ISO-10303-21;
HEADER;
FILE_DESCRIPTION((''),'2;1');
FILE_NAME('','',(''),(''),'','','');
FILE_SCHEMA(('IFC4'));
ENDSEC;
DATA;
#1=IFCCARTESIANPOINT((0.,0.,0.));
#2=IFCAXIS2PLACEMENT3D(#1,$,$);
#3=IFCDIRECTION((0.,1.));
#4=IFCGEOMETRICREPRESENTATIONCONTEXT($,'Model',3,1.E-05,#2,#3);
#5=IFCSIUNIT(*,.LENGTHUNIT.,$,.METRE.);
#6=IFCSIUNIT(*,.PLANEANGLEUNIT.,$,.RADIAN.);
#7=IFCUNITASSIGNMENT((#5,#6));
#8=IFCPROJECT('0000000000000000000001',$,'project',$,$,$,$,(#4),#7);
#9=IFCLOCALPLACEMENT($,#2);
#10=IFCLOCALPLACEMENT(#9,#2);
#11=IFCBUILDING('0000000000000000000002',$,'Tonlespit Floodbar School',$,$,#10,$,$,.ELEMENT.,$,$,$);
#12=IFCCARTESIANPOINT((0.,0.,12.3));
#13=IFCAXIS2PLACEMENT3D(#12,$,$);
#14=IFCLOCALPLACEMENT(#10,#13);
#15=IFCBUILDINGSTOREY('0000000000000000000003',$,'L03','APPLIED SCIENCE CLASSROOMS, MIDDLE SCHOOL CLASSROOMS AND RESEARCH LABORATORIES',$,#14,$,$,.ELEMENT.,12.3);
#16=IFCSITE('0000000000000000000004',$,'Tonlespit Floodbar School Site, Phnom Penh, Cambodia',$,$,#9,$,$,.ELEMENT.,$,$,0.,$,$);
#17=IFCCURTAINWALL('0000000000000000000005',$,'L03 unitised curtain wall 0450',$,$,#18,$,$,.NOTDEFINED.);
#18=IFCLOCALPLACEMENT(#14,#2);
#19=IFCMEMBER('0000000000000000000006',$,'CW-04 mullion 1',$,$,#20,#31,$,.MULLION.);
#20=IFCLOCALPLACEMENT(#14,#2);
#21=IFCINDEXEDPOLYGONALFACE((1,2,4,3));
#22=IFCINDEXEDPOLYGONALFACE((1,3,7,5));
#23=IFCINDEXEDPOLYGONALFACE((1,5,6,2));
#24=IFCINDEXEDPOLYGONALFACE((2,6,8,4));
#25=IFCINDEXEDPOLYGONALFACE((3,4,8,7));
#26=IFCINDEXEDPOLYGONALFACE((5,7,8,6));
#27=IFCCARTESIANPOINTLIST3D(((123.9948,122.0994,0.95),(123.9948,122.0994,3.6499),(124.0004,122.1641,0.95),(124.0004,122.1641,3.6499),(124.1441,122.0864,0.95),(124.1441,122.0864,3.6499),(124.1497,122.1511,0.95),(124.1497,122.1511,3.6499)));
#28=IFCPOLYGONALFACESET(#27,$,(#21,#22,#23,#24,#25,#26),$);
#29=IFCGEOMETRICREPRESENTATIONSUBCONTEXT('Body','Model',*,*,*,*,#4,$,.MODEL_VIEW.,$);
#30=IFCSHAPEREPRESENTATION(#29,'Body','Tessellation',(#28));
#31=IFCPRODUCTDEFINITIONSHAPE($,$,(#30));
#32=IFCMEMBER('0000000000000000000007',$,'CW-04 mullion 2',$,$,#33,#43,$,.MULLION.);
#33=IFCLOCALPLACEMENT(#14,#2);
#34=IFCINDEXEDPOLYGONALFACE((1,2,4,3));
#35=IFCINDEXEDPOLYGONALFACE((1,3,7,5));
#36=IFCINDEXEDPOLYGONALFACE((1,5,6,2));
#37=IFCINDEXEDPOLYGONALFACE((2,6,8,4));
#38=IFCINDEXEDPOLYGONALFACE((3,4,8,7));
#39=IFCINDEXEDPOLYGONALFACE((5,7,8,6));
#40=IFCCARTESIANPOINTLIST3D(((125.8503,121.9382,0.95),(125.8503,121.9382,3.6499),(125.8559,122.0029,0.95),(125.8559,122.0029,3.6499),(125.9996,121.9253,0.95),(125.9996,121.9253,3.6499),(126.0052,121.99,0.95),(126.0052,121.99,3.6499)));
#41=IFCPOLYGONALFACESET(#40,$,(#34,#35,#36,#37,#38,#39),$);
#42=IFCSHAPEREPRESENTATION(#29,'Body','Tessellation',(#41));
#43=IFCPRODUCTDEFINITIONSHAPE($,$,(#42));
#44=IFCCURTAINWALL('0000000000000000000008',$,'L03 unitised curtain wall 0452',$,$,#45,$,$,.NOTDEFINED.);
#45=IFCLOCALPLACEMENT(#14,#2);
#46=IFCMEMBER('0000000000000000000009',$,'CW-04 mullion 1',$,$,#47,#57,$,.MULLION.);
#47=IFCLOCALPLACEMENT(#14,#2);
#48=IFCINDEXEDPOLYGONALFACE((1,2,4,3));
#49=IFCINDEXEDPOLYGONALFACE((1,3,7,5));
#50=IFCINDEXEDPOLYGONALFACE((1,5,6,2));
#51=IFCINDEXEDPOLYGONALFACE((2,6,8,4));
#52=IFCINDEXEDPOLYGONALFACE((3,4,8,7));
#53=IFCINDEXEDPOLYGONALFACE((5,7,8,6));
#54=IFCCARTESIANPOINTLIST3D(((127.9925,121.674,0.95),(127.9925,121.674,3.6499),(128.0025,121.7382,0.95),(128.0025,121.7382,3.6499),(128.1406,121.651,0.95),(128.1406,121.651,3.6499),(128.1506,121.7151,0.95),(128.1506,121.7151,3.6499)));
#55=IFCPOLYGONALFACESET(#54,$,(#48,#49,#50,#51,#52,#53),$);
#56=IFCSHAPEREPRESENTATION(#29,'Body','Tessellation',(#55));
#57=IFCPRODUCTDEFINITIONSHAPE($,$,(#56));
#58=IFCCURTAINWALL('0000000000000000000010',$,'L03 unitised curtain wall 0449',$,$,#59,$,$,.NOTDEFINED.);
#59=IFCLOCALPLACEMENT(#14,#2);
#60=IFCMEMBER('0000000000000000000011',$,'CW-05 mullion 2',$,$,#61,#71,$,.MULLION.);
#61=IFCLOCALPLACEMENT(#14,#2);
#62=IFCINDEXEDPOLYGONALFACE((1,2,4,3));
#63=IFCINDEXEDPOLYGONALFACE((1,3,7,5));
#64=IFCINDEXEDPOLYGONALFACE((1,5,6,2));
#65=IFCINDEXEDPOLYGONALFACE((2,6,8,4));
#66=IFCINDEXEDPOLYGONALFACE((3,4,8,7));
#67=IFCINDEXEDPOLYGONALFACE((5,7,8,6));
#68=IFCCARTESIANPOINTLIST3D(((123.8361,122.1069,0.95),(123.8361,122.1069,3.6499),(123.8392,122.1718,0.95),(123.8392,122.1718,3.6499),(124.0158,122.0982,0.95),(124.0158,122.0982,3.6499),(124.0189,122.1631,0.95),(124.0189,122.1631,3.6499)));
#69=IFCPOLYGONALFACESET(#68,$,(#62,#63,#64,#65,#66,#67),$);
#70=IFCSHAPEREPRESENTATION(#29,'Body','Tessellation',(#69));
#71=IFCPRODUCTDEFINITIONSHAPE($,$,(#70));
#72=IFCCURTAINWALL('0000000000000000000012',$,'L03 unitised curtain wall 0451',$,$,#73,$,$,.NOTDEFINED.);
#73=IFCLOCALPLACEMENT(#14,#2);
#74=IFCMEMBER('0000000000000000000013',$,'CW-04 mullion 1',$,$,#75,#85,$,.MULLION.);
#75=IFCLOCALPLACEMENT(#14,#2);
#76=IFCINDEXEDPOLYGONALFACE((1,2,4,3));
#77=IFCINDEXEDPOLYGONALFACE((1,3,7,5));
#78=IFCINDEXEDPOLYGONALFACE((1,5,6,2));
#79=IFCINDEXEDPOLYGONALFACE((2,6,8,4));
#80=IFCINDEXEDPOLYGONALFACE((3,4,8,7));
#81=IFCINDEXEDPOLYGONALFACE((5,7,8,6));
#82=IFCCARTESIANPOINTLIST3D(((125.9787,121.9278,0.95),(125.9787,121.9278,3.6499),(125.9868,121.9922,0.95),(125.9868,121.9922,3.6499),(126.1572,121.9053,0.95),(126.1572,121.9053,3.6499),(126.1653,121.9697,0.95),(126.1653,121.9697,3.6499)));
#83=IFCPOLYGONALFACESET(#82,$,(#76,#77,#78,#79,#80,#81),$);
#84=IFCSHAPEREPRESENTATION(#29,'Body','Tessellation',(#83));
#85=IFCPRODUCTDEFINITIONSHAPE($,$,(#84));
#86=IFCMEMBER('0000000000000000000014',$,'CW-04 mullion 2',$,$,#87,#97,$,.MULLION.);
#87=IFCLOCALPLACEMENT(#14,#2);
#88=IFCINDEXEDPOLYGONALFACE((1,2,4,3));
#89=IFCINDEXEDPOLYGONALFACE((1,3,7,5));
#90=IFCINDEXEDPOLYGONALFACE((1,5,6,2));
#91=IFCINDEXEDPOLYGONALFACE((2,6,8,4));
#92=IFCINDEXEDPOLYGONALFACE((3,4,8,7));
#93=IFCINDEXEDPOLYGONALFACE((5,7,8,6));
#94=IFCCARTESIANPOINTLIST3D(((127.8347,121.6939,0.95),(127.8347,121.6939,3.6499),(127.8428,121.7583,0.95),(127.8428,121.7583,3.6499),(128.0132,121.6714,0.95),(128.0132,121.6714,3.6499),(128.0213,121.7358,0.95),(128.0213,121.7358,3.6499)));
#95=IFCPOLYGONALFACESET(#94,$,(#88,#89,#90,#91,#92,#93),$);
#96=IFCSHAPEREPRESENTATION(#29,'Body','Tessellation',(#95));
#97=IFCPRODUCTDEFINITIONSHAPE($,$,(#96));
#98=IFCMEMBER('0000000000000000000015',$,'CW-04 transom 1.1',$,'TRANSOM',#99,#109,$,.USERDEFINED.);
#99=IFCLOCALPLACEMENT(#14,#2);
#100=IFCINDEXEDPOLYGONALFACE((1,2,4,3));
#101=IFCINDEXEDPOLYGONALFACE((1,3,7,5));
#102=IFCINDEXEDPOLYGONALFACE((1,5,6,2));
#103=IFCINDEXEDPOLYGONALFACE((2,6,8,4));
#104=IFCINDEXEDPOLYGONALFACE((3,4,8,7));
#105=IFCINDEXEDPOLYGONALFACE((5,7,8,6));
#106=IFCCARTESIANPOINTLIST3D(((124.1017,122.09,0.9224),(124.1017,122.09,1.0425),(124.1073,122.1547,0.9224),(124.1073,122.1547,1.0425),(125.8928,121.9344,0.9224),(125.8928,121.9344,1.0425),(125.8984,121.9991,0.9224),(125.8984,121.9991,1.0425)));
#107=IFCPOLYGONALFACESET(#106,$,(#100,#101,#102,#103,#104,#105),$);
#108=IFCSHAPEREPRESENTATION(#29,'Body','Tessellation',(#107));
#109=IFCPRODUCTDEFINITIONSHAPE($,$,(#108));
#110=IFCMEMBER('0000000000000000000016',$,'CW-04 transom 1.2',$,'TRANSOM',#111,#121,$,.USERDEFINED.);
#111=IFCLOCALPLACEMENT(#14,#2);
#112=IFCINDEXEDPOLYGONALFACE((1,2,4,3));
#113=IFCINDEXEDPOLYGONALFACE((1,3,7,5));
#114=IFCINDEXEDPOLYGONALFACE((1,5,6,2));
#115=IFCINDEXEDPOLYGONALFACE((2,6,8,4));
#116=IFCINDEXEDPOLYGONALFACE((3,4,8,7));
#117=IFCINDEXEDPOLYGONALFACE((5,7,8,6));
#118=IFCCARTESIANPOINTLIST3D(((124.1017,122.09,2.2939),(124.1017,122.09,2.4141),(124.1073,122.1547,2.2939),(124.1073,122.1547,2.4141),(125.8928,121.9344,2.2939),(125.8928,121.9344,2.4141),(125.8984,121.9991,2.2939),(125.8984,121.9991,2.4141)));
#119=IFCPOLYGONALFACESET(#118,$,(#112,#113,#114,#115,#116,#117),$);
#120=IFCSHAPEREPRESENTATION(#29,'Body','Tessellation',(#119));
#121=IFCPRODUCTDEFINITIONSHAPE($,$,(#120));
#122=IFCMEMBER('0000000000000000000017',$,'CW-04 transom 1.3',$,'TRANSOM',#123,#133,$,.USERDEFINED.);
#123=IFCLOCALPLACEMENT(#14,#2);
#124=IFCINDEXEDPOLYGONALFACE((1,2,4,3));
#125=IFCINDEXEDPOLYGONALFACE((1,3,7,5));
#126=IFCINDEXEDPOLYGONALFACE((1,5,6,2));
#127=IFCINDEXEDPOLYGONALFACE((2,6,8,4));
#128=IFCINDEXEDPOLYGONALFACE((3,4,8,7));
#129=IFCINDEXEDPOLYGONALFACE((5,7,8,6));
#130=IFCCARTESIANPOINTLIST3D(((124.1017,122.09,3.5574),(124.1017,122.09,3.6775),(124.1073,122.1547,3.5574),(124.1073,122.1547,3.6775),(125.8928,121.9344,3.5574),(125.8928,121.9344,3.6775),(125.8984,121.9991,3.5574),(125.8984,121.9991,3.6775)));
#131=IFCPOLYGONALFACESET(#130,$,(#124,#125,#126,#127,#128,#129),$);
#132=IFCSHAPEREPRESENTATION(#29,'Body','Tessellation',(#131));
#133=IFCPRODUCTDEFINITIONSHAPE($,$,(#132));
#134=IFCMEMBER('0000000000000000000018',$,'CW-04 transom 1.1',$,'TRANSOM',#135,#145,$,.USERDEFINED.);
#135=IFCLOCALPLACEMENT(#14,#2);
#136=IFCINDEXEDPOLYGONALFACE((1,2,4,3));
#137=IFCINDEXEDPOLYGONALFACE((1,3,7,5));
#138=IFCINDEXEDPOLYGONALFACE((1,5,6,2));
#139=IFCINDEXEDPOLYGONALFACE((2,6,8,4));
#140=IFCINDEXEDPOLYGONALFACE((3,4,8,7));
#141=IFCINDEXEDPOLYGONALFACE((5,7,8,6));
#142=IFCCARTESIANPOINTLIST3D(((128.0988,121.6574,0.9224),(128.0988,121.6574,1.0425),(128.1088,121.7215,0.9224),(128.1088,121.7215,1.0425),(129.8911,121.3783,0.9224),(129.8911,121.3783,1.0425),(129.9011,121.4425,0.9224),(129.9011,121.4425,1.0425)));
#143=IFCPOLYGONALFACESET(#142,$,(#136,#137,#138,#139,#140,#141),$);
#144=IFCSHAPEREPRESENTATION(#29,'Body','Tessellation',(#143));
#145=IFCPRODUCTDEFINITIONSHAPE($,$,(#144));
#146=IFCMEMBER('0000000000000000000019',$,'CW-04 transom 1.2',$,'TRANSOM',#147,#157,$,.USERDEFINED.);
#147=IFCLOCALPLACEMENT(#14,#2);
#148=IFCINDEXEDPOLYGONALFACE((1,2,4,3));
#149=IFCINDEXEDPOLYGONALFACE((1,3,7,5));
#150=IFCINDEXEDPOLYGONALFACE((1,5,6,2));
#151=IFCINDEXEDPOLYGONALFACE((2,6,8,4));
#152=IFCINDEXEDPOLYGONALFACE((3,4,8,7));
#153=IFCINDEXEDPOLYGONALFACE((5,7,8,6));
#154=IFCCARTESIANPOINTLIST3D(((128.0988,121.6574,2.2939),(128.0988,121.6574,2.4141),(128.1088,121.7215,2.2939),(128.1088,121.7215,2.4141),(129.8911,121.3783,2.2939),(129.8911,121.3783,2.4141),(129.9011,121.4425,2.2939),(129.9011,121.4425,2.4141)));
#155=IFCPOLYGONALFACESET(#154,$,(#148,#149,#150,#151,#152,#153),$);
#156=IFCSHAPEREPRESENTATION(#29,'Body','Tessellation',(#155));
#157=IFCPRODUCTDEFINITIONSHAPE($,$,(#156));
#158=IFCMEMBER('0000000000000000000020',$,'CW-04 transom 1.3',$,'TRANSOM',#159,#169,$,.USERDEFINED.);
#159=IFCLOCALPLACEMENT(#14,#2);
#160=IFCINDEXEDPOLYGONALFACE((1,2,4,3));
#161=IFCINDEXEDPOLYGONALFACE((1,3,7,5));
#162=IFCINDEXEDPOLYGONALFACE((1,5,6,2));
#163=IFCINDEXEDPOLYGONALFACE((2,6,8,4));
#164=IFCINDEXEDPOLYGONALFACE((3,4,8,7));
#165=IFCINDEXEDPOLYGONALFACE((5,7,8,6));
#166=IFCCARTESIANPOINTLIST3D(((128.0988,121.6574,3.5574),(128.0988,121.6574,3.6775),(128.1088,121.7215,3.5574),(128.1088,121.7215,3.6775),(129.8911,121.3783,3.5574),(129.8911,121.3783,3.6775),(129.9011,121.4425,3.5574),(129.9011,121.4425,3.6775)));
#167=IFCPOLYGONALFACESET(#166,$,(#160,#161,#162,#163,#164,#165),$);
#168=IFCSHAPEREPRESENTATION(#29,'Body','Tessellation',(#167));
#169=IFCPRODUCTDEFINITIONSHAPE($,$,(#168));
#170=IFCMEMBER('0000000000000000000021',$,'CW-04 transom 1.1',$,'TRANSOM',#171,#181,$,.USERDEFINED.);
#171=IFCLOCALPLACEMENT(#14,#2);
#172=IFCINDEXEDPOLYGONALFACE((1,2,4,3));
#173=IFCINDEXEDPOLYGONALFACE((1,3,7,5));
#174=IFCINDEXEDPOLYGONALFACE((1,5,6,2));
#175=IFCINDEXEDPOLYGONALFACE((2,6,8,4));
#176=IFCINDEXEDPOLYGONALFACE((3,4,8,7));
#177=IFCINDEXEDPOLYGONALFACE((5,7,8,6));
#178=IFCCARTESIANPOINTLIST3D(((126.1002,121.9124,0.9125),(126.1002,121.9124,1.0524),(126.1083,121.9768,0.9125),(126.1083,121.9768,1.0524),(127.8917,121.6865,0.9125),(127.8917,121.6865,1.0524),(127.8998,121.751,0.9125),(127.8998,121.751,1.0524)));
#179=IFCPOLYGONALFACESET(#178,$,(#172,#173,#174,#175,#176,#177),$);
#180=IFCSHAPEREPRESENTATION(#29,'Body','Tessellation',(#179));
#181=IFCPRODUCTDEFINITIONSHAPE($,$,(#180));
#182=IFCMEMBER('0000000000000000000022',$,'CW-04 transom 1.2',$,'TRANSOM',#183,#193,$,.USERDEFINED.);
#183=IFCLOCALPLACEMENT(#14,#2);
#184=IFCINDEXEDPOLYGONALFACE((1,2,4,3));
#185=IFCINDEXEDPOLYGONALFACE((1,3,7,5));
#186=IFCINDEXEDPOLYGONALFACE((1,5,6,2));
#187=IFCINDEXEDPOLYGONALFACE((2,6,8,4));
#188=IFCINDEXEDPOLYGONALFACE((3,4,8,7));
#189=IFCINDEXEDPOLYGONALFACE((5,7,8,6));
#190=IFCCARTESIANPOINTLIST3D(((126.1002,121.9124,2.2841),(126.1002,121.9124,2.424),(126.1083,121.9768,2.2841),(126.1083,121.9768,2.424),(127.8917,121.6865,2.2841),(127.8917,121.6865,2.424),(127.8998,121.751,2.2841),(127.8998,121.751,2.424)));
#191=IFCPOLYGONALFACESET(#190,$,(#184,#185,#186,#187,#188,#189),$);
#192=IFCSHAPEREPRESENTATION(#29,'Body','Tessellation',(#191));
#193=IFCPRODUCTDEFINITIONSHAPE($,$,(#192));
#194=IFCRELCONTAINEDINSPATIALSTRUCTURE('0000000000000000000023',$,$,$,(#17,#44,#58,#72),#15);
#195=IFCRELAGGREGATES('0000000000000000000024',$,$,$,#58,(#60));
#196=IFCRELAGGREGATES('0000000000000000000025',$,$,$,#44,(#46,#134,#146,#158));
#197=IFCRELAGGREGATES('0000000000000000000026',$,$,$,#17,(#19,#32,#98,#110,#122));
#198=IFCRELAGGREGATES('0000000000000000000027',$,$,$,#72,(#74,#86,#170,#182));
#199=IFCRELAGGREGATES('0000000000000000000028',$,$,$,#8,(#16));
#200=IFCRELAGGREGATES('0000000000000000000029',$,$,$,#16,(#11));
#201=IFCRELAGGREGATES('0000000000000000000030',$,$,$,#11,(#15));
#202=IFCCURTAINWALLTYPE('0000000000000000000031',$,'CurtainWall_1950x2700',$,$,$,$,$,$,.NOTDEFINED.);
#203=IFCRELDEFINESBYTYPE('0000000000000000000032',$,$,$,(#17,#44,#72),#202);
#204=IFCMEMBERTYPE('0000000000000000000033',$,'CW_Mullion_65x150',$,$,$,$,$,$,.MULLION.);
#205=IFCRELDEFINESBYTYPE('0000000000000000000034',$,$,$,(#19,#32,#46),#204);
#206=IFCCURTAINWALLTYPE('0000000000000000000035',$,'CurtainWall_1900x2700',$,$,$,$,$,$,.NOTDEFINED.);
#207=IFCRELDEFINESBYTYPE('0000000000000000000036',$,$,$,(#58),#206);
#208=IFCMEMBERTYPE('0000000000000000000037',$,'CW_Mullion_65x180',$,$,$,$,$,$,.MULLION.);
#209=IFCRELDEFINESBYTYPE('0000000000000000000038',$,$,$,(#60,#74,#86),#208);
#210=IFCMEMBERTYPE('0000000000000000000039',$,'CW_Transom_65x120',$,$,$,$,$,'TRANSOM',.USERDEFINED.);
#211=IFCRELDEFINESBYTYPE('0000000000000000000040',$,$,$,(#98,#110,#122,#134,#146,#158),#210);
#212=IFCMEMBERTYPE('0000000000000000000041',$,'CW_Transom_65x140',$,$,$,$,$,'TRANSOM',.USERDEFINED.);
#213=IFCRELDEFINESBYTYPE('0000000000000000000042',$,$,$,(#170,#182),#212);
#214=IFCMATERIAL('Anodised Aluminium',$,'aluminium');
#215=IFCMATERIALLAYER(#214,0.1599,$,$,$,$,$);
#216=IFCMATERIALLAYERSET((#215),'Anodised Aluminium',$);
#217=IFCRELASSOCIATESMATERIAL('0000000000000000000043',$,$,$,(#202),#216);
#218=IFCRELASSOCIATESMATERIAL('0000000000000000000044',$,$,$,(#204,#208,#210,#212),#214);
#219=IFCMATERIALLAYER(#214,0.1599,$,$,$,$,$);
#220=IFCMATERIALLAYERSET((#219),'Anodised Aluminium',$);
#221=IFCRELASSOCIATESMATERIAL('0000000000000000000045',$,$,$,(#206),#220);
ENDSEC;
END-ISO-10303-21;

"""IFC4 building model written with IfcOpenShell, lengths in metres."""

from ifc_helpers import new_model, si_unit, direction, frame, origin, origin_2d, place, context, subcontext, project, spatial, rectangle, extrude, material, layer, layer_set, material_profile, profile_set, type_object, element, aggregate, save


model = new_model("IFC4")

# Units and contexts
model_context = context("Model", 3, precision=1e-05, world=origin(), true_north=direction((0.0, 1.0)))
body_context = subcontext(model_context, "Body", "Model", "MODEL_VIEW")
ifc_project = project(units=[si_unit("LENGTHUNIT", "METRE"), si_unit("PLANEANGLEUNIT", "RADIAN")], contexts=[model_context])

# Site, building, storey
site_placement = place(None, origin())
site = spatial("IfcSite", under=ifc_project, at=site_placement, Name="Tonlespit Floodbar School Site, Phnom Penh, Cambodia", CompositionType="ELEMENT", RefElevation=0.0)
building_placement = place(site_placement, origin())
building = spatial("IfcBuilding", under=site, at=building_placement, Name="Tonlespit Floodbar School", CompositionType="ELEMENT")
storey_placement = place(building_placement, frame((0.0, 0.0, 12.3)))
storey = spatial("IfcBuildingStorey", under=building, at=storey_placement, Name="L03", Description="APPLIED SCIENCE CLASSROOMS, MIDDLE SCHOOL CLASSROOMS AND RESEARCH LABORATORIES", CompositionType="ELEMENT", Elevation=12.3)

# Curtain wall, members
ifc_material_1 = material(Name="Anodised Aluminium", Category="aluminium")
ifc_layer_1 = layer(ifc_material_1, 0.1599)
ifc_layer_set_1 = layer_set([ifc_layer_1], Name="Anodised Aluminium")
curtain_wall_type_1 = type_object("IfcCurtainWallType", Name="CurtainWall_1950x2700", PredefinedType="NOTDEFINED", material=ifc_layer_set_1)
curtain_wall_1_placement = place(storey_placement, origin())
curtain_wall_1 = element("IfcCurtainWall", 1, at=curtain_wall_1_placement, inside=storey, type_object=curtain_wall_type_1, Name="L03 unitised curtain wall 0450", PredefinedType="NOTDEFINED")
ifc_material_profile_1 = material_profile(ifc_material_1, rectangle(XDim=0.0649, YDim=0.1499, at=origin_2d()), Name="ALU M65x150")
ifc_profile_set_1 = profile_set([ifc_material_profile_1], Name="Anodised Aluminium")
member_type_1 = type_object("IfcMemberType", Name="CW_Mullion_65x150", PredefinedType="MULLION", material=ifc_profile_set_1)
member_1_placement = place(storey_placement, frame((124.0723, 122.1252, 0.95), z_axis=(0.0, 0.0, 1.0), x_axis=(0.086531, 0.996249, 0.0)))
member_1 = element("IfcMember", 2, at=member_1_placement, type_object=member_type_1, Name="CW-04 mullion 1", PredefinedType="MULLION", context=body_context, shape_type="SweptSolid", body=[
    extrude(rectangle(XDim=0.0649, YDim=0.1499, at=origin_2d()), origin(), (0.0, 0.0, 1.0), 2.7),
])
member_2_placement = place(storey_placement, frame((125.9277, 121.9641, 0.95), z_axis=(0.0, 0.0, 1.0), x_axis=(0.086531, 0.996249, 0.0)))
member_2 = element("IfcMember", 3, at=member_2_placement, type_object=member_type_1, Name="CW-04 mullion 2", PredefinedType="MULLION", context=body_context, shape_type="SweptSolid", body=[
    extrude(rectangle(XDim=0.0649, YDim=0.1499, at=origin_2d()), origin(), (0.0, 0.0, 1.0), 2.7),
])

# Curtain walls, members
curtain_wall_2_placement = place(storey_placement, origin())
curtain_wall_2 = element("IfcCurtainWall", 4, at=curtain_wall_2_placement, inside=storey, type_object=curtain_wall_type_1, Name="L03 unitised curtain wall 0452", PredefinedType="NOTDEFINED")
member_3_placement = place(storey_placement, frame((128.0715, 121.6946, 0.95), z_axis=(0.0, 0.0, 1.0), x_axis=(0.153796, 0.988103, 0.0)))
member_3 = element("IfcMember", 5, at=member_3_placement, type_object=member_type_1, Name="CW-04 mullion 1", PredefinedType="MULLION", context=body_context, shape_type="SweptSolid", body=[
    extrude(rectangle(XDim=0.0649, YDim=0.1499, at=origin_2d()), origin(), (0.0, 0.0, 1.0), 2.7),
])
ifc_layer_2 = layer(ifc_material_1, 0.1599)
ifc_layer_set_2 = layer_set([ifc_layer_2], Name="Anodised Aluminium")
curtain_wall_type_2 = type_object("IfcCurtainWallType", Name="CurtainWall_1900x2700", PredefinedType="NOTDEFINED", material=ifc_layer_set_2)
curtain_wall_3_placement = place(storey_placement, origin())
curtain_wall_3 = element("IfcCurtainWall", 6, at=curtain_wall_3_placement, inside=storey, type_object=curtain_wall_type_2, Name="L03 unitised curtain wall 0449", PredefinedType="NOTDEFINED")
ifc_material_profile_2 = material_profile(ifc_material_1, rectangle(XDim=0.0649, YDim=0.1799, at=origin_2d()), Name="ALU M65x180")
ifc_profile_set_2 = profile_set([ifc_material_profile_2], Name="Anodised Aluminium")
member_type_2 = type_object("IfcMemberType", Name="CW_Mullion_65x180", PredefinedType="MULLION", material=ifc_profile_set_2)
member_4_placement = place(storey_placement, frame((123.9275, 122.135, 0.95), z_axis=(0.0, 0.0, 1.0), x_axis=(0.048121, 0.998842, 0.0)))
member_4 = element("IfcMember", 7, at=member_4_placement, type_object=member_type_2, Name="CW-05 mullion 2", PredefinedType="MULLION", context=body_context, shape_type="SweptSolid", body=[
    extrude(rectangle(XDim=0.0649, YDim=0.1799, at=origin_2d()), origin(), (0.0, 0.0, 1.0), 2.7),
])
aggregate(curtain_wall_3, [member_4])

# Curtain wall, members
curtain_wall_4_placement = place(storey_placement, origin())
curtain_wall_4 = element("IfcCurtainWall", 8, at=curtain_wall_4_placement, inside=storey, type_object=curtain_wall_type_1, Name="L03 unitised curtain wall 0451", PredefinedType="NOTDEFINED")
member_5_placement = place(storey_placement, frame((126.072, 121.9487, 0.95), z_axis=(0.0, 0.0, 1.0), x_axis=(0.125014, 0.992155, 0.0)))
member_5 = element("IfcMember", 9, at=member_5_placement, type_object=member_type_2, Name="CW-04 mullion 1", PredefinedType="MULLION", context=body_context, shape_type="SweptSolid", body=[
    extrude(rectangle(XDim=0.0649, YDim=0.1799, at=origin_2d()), origin(), (0.0, 0.0, 1.0), 2.7),
])
member_6_placement = place(storey_placement, frame((127.928, 121.7148, 0.95), z_axis=(0.0, 0.0, 1.0), x_axis=(0.125014, 0.992155, 0.0)))
member_6 = element("IfcMember", 10, at=member_6_placement, type_object=member_type_2, Name="CW-04 mullion 2", PredefinedType="MULLION", context=body_context, shape_type="SweptSolid", body=[
    extrude(rectangle(XDim=0.0649, YDim=0.1799, at=origin_2d()), origin(), (0.0, 0.0, 1.0), 2.7),
])

# Members
ifc_material_profile_3 = material_profile(ifc_material_1, rectangle(XDim=0.0649, YDim=0.1201, at=origin_2d()), Name="ALU T65x120")
ifc_profile_set_3 = profile_set([ifc_material_profile_3], Name="Anodised Aluminium")
member_type_3 = type_object("IfcMemberType", Name="CW_Transom_65x120", ElementType="TRANSOM", PredefinedType="USERDEFINED", material=ifc_profile_set_3)
member_7_placement = place(storey_placement, frame((124.1045, 122.1223, 0.9824), z_axis=(0.996251, -0.086507, 0.0), x_axis=(0.086507, 0.996251, 0.0)))
member_7 = element("IfcMember", 11, at=member_7_placement, type_object=member_type_3, Name="CW-04 transom 1.1", ObjectType="TRANSOM", PredefinedType="USERDEFINED", context=body_context, shape_type="SweptSolid", body=[
    extrude(rectangle(XDim=0.0649, YDim=0.1201, at=origin_2d()), origin(), (0.0, 0.0, 1.0), 1.7979),
])
member_8_placement = place(storey_placement, frame((124.1045, 122.1223, 2.354), z_axis=(0.996251, -0.086507, 0.0), x_axis=(0.086507, 0.996251, 0.0)))
member_8 = element("IfcMember", 12, at=member_8_placement, type_object=member_type_3, Name="CW-04 transom 1.2", ObjectType="TRANSOM", PredefinedType="USERDEFINED", context=body_context, shape_type="SweptSolid", body=[
    extrude(rectangle(XDim=0.0649, YDim=0.1201, at=origin_2d()), origin(), (0.0, 0.0, 1.0), 1.7979),
])
member_9_placement = place(storey_placement, frame((124.1045, 122.1223, 3.6174), z_axis=(0.996251, -0.086507, 0.0), x_axis=(0.086507, 0.996251, 0.0)))
member_9 = element("IfcMember", 13, at=member_9_placement, type_object=member_type_3, Name="CW-04 transom 1.3", ObjectType="TRANSOM", PredefinedType="USERDEFINED", context=body_context, shape_type="SweptSolid", body=[
    extrude(rectangle(XDim=0.0649, YDim=0.1201, at=origin_2d()), origin(), (0.0, 0.0, 1.0), 1.7979),
])
member_10_placement = place(storey_placement, frame((128.1038, 121.6895, 0.9824), z_axis=(0.988098, -0.153827, 0.0), x_axis=(0.153827, 0.988098, 0.0)))
member_10 = element("IfcMember", 14, at=member_10_placement, type_object=member_type_3, Name="CW-04 transom 1.1", ObjectType="TRANSOM", PredefinedType="USERDEFINED", context=body_context, shape_type="SweptSolid", body=[
    extrude(rectangle(XDim=0.0649, YDim=0.1201, at=origin_2d()), origin(), (0.0, 0.0, 1.0), 1.814),
])
member_11_placement = place(storey_placement, frame((128.1038, 121.6895, 2.354), z_axis=(0.988098, -0.153827, 0.0), x_axis=(0.153827, 0.988098, 0.0)))
member_11 = element("IfcMember", 15, at=member_11_placement, type_object=member_type_3, Name="CW-04 transom 1.2", ObjectType="TRANSOM", PredefinedType="USERDEFINED", context=body_context, shape_type="SweptSolid", body=[
    extrude(rectangle(XDim=0.0649, YDim=0.1201, at=origin_2d()), origin(), (0.0, 0.0, 1.0), 1.814),
])
member_12_placement = place(storey_placement, frame((128.1038, 121.6895, 3.6174), z_axis=(0.988098, -0.153827, 0.0), x_axis=(0.153827, 0.988098, 0.0)))
member_12 = element("IfcMember", 16, at=member_12_placement, type_object=member_type_3, Name="CW-04 transom 1.3", ObjectType="TRANSOM", PredefinedType="USERDEFINED", context=body_context, shape_type="SweptSolid", body=[
    extrude(rectangle(XDim=0.0649, YDim=0.1201, at=origin_2d()), origin(), (0.0, 0.0, 1.0), 1.814),
])
aggregate(curtain_wall_2, [member_3, member_10, member_11, member_12])
ifc_material_profile_4 = material_profile(ifc_material_1, rectangle(XDim=0.0649, YDim=0.1399, at=origin_2d()), Name="ALU T65x140")
ifc_profile_set_4 = profile_set([ifc_material_profile_4], Name="Anodised Aluminium")
member_type_4 = type_object("IfcMemberType", Name="CW_Transom_65x140", ElementType="TRANSOM", PredefinedType="USERDEFINED", material=ifc_profile_set_4)
member_13_placement = place(storey_placement, frame((126.1042, 121.9446, 0.9824), z_axis=(0.992148, -0.125066, 0.0), x_axis=(0.125066, 0.992148, 0.0)))
member_13 = element("IfcMember", 17, at=member_13_placement, type_object=member_type_4, Name="CW-04 transom 1.1", ObjectType="TRANSOM", PredefinedType="USERDEFINED", context=body_context, shape_type="SweptSolid", body=[
    extrude(rectangle(XDim=0.0649, YDim=0.1399, at=origin_2d()), origin(), (0.0, 0.0, 1.0), 1.8057),
])
member_14_placement = place(storey_placement, frame((126.1042, 121.9446, 2.354), z_axis=(0.992148, -0.125066, 0.0), x_axis=(0.125066, 0.992148, 0.0)))
member_14 = element("IfcMember", 18, at=member_14_placement, type_object=member_type_4, Name="CW-04 transom 1.2", ObjectType="TRANSOM", PredefinedType="USERDEFINED", context=body_context, shape_type="SweptSolid", body=[
    extrude(rectangle(XDim=0.0649, YDim=0.1399, at=origin_2d()), origin(), (0.0, 0.0, 1.0), 1.8057),
])

aggregate(curtain_wall_1, [member_1, member_2, member_7, member_8, member_9])
aggregate(curtain_wall_4, [member_5, member_6, member_13, member_14])

save(model, "model.ifc")
